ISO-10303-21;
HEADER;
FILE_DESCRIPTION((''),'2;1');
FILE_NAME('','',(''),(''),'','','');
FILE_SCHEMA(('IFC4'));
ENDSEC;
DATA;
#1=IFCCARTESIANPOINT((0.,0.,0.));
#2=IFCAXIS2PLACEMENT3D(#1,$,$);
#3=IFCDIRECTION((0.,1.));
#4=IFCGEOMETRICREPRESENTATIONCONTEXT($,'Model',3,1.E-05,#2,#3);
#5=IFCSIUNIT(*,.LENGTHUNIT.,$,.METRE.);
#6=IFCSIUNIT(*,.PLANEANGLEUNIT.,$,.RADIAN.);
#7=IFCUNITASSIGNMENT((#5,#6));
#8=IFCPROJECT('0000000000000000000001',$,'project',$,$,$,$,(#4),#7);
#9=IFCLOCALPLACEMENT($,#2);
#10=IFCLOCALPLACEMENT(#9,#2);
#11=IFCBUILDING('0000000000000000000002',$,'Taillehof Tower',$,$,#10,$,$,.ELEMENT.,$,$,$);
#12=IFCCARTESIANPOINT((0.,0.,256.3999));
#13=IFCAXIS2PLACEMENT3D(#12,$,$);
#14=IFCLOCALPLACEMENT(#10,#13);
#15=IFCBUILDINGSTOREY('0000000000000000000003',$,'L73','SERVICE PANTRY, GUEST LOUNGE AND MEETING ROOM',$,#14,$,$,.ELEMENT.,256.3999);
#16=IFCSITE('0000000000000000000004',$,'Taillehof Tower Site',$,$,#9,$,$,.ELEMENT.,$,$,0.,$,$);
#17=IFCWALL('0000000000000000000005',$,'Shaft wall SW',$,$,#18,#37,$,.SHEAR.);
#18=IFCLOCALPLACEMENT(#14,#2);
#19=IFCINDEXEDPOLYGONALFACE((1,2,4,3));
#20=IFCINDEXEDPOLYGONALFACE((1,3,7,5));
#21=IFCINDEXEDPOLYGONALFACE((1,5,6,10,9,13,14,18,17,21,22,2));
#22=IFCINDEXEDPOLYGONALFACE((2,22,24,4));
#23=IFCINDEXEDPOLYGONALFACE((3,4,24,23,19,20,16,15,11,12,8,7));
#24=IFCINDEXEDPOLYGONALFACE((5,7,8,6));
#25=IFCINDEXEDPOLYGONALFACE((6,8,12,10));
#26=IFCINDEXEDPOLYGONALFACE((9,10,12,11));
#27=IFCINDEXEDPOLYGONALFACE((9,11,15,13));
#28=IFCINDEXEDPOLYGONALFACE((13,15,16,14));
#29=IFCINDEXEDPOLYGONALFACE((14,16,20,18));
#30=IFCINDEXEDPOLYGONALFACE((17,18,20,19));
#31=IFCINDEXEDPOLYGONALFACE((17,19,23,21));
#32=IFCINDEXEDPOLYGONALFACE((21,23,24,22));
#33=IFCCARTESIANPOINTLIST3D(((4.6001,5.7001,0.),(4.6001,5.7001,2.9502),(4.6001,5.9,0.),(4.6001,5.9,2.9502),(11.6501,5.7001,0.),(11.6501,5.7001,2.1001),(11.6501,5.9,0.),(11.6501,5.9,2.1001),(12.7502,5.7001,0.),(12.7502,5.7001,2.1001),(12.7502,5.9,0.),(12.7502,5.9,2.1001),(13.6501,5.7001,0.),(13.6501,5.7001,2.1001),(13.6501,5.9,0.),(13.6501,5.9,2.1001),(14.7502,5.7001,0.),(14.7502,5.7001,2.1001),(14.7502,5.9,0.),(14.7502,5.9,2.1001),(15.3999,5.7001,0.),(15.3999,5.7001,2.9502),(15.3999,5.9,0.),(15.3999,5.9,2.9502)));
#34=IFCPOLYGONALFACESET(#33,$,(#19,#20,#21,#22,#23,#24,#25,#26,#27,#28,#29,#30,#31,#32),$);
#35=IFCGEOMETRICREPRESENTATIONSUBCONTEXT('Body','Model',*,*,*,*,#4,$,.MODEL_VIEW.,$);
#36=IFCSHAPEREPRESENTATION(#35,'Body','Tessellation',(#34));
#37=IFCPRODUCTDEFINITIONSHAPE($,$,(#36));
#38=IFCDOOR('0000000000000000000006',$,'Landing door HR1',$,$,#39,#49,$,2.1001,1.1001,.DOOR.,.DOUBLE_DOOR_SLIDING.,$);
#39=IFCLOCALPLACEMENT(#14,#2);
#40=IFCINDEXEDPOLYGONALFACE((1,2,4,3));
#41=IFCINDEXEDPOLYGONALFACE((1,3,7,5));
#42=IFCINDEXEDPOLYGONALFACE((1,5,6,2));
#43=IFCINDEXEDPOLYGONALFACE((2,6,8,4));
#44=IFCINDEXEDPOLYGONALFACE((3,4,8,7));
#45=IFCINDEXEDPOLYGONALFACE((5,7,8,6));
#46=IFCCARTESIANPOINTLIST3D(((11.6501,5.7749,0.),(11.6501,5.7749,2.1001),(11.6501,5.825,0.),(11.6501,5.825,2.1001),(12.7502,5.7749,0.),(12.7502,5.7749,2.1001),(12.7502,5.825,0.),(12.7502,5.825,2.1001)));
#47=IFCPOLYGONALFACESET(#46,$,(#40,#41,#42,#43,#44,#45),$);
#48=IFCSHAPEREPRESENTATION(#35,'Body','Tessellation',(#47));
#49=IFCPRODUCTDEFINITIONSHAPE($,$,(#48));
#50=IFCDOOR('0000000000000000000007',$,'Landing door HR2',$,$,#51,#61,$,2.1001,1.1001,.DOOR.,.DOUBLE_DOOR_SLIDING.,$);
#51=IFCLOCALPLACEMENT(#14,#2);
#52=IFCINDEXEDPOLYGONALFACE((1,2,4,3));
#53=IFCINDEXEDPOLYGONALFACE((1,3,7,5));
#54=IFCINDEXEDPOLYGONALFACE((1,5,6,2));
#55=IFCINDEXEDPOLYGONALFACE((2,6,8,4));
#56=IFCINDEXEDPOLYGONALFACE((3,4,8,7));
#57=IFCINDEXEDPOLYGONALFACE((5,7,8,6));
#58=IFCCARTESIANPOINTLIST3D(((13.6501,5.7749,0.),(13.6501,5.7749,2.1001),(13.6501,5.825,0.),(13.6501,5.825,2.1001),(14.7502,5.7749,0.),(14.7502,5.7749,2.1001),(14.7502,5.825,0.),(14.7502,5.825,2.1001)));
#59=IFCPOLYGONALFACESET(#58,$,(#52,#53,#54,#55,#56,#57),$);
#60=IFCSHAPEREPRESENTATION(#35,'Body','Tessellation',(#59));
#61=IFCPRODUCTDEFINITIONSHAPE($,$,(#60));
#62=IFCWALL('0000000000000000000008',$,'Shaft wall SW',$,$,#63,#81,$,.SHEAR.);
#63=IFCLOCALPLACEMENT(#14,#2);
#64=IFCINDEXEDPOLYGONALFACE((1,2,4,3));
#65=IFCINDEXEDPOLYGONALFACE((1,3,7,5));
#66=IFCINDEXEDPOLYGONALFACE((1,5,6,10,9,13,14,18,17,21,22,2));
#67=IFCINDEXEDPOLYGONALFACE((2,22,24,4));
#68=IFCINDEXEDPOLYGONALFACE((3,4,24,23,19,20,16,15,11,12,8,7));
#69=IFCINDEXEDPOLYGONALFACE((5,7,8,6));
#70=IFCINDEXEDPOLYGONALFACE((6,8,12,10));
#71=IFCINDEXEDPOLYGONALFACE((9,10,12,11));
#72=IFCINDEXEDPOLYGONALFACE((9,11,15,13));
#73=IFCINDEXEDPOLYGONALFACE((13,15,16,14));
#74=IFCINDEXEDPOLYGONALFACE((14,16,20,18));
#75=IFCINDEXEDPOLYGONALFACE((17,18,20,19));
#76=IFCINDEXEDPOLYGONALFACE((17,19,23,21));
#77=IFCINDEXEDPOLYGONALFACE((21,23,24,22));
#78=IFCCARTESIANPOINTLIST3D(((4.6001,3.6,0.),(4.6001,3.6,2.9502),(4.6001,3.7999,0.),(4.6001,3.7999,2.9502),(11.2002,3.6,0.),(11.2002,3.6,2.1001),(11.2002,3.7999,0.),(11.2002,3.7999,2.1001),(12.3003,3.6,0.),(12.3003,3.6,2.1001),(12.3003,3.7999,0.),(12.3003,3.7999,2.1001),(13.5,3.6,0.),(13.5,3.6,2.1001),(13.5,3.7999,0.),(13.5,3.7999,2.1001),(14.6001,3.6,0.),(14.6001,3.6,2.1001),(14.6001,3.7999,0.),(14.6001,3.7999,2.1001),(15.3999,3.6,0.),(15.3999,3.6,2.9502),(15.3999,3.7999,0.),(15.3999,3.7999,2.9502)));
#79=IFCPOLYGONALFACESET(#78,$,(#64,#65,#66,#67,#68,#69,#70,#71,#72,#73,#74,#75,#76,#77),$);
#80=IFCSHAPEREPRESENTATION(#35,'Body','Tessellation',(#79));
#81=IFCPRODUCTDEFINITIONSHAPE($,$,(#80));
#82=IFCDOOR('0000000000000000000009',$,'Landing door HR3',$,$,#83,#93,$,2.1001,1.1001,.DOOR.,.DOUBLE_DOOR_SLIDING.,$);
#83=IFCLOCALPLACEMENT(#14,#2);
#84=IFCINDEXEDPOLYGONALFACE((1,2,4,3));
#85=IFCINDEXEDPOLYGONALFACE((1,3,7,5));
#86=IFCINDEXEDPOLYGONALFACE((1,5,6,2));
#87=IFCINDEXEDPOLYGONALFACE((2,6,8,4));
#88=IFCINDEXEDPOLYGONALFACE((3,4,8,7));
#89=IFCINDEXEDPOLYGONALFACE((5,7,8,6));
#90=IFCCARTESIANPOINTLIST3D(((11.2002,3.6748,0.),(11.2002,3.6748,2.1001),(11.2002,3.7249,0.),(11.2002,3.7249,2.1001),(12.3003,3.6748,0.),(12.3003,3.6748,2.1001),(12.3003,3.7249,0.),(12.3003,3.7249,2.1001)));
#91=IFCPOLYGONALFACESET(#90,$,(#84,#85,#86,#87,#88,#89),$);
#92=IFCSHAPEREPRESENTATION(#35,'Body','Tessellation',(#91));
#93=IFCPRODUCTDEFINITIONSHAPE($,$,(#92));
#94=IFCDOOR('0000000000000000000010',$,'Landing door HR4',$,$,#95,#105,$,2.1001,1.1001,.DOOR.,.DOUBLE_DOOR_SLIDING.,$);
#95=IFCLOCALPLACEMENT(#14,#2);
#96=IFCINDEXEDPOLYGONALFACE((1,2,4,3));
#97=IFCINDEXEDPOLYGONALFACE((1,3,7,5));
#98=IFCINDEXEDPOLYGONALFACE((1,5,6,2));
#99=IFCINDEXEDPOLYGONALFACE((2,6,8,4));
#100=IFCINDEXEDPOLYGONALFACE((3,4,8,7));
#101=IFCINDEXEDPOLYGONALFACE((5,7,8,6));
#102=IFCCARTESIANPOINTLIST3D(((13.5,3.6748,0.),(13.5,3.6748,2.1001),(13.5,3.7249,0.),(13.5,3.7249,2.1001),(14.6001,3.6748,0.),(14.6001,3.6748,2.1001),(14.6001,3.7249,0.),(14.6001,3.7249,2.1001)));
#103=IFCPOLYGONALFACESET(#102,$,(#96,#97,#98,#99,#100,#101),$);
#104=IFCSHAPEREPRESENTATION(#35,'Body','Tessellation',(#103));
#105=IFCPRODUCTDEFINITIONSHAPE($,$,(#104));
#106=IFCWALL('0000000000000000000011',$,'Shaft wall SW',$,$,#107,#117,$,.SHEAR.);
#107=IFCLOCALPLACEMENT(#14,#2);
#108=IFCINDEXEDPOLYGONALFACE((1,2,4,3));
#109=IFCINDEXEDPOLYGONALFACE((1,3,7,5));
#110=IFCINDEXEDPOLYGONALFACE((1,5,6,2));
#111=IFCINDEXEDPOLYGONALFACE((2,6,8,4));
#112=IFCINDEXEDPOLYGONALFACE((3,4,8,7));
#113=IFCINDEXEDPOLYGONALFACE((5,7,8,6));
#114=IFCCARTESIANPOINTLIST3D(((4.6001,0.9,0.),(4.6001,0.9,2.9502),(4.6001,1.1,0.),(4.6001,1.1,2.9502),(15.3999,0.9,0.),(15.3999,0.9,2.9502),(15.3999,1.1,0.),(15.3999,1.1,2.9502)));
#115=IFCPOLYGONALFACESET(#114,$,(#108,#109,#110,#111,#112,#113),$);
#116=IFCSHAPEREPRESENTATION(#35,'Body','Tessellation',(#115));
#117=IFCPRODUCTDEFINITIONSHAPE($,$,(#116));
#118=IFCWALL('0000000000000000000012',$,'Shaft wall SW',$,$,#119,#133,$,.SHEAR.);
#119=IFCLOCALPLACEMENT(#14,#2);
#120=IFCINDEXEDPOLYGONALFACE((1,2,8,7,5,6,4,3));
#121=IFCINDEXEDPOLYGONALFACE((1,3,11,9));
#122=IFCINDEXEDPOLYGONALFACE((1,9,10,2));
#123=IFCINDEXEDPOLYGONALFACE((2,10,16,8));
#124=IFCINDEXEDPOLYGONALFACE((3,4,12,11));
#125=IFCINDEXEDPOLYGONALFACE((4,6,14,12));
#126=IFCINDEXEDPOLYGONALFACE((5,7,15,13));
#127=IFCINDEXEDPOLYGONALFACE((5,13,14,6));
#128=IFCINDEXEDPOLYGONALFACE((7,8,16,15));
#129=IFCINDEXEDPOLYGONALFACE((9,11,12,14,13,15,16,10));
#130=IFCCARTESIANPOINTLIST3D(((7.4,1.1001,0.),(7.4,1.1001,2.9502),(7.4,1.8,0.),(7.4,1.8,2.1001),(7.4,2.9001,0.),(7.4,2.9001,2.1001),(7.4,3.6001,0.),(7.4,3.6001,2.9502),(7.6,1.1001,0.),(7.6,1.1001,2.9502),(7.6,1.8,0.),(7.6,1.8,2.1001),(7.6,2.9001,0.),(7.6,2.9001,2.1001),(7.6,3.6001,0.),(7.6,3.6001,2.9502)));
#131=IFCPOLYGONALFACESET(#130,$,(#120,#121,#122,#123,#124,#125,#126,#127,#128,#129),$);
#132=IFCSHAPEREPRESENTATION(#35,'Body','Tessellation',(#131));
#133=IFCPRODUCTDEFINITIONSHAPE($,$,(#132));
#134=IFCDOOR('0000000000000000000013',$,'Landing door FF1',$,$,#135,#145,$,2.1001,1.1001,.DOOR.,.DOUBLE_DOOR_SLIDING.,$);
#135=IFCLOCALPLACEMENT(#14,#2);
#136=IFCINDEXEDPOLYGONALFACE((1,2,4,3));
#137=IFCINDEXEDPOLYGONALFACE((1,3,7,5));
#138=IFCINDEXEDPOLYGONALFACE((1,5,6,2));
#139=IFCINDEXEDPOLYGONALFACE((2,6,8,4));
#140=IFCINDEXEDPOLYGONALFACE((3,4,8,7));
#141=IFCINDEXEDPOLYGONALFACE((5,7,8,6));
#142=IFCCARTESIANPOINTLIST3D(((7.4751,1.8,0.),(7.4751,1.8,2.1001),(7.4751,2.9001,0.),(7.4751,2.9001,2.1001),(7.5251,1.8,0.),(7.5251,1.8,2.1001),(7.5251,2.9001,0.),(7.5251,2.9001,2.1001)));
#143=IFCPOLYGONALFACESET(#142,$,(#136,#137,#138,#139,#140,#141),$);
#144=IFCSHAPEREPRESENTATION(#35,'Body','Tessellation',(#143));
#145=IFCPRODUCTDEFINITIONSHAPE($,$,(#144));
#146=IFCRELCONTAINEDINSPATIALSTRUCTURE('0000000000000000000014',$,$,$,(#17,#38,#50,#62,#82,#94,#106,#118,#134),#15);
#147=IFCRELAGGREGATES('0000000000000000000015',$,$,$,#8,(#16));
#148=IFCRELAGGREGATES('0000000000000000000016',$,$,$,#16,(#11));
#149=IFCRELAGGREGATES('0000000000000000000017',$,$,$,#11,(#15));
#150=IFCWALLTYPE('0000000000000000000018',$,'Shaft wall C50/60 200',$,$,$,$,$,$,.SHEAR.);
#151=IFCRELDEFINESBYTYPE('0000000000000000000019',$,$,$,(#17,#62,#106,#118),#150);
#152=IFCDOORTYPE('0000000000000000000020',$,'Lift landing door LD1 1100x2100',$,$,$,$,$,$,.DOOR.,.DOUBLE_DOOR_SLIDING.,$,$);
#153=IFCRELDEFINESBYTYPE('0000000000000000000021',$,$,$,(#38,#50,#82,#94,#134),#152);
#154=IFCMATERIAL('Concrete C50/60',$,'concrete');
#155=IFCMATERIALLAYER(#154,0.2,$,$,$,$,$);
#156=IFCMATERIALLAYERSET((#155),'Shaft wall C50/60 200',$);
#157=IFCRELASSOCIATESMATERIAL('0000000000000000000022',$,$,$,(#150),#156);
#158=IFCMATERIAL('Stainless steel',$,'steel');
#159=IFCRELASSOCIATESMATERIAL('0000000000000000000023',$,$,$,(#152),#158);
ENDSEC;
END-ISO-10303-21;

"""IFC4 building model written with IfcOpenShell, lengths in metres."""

from ifc_helpers import new_model, si_unit, direction, frame, frame_2d, origin, place, context, subcontext, project, spatial, rectangle, extrude, material, layer, layer_set, type_object, element, fill, save


model = new_model("IFC4")

# Units and contexts
model_context = context("Model", 3, precision=1e-05, world=origin(), true_north=direction((0.0, 1.0)))
body_context = subcontext(model_context, "Body", "Model", "MODEL_VIEW")
ifc_project = project(units=[si_unit("LENGTHUNIT", "METRE"), si_unit("PLANEANGLEUNIT", "RADIAN")], contexts=[model_context])

# Site, building, storey
site_placement = place(None, origin())
site = spatial("IfcSite", under=ifc_project, at=site_placement, Name="Taillehof Tower Site", CompositionType="ELEMENT", RefElevation=0.0)
building_placement = place(site_placement, origin())
building = spatial("IfcBuilding", under=site, at=building_placement, Name="Taillehof Tower", CompositionType="ELEMENT")
storey_placement = place(building_placement, frame((0.0, 0.0, 256.3999)))
storey = spatial("IfcBuildingStorey", under=building, at=storey_placement, Name="L73", Description="SERVICE PANTRY, GUEST LOUNGE AND MEETING ROOM", CompositionType="ELEMENT", Elevation=256.3999)

# Walls, openings, doors
ifc_material_1 = material(Name="Concrete C50/60", Category="concrete")
ifc_layer_1 = layer(ifc_material_1, 0.2)
ifc_layer_set_1 = layer_set([ifc_layer_1], Name="Shaft wall C50/60 200")
wall_type_1 = type_object("IfcWallType", Name="Shaft wall C50/60 200", PredefinedType="SHEAR", material=ifc_layer_set_1)
wall_1_placement = place(storey_placement, frame((4.6001, 5.8, 0.0), z_axis=(0.0, 0.0, 1.0), x_axis=(1.0, 0.0, 0.0)))
wall_1 = element("IfcWall", 1, at=wall_1_placement, inside=storey, type_object=wall_type_1, Name="Shaft wall SW", PredefinedType="SHEAR", context=body_context, shape_type="SweptSolid", body=[
    extrude(rectangle(XDim=10.7998, YDim=0.2, at=frame_2d((5.3999, 0.0))), origin(), (0.0, 0.0, 1.0), 2.9502),
])
opening_1_placement = place(wall_1_placement, frame((7.05, 0.0, 0.0)))
opening_1 = element("IfcOpeningElement", 2, at=opening_1_placement, cuts=wall_1, PredefinedType="OPENING", context=body_context, shape_type="SweptSolid", body=[
    extrude(rectangle(XDim=1.1001, YDim=2.1001, at=frame_2d((0.55, 1.05))), frame((0.0, 0.1099, 0.0), z_axis=(0.0, -1.0, 0.0), x_axis=(1.0, 0.0, 0.0)), (0.0, 0.0, 1.0), 0.22),
])
opening_2_placement = place(wall_1_placement, frame((9.05, 0.0, 0.0)))
opening_2 = element("IfcOpeningElement", 3, at=opening_2_placement, cuts=wall_1, PredefinedType="OPENING", context=body_context, shape_type="SweptSolid", body=[
    extrude(rectangle(XDim=1.1001, YDim=2.1001, at=frame_2d((0.55, 1.05))), frame((0.0, 0.1099, 0.0), z_axis=(0.0, -1.0, 0.0), x_axis=(1.0, 0.0, 0.0)), (0.0, 0.0, 1.0), 0.22),
])
ifc_material_2 = material(Name="Stainless steel", Category="steel")
door_type_1 = type_object("IfcDoorType", Name="Lift landing door LD1 1100x2100", OperationType="DOUBLE_DOOR_SLIDING", PredefinedType="DOOR", material=ifc_material_2)
door_1_placement = place(opening_1_placement, origin())
door_1 = element("IfcDoor", 4, at=door_1_placement, inside=storey, type_object=door_type_1, Name="Landing door HR1", OperationType="DOUBLE_DOOR_SLIDING", OverallHeight=2.1001, OverallWidth=1.1001, PredefinedType="DOOR", context=body_context, shape_type="SweptSolid", body=[
    extrude(rectangle(XDim=1.1001, YDim=2.1001, at=frame_2d((0.55, 1.05))), frame((0.0, 0.0249, 0.0), z_axis=(0.0, -1.0, 0.0), x_axis=(1.0, 0.0, 0.0)), (0.0, 0.0, 1.0), 0.05),
])
fill(opening_1, door_1)
door_2_placement = place(opening_2_placement, origin())
door_2 = element("IfcDoor", 5, at=door_2_placement, inside=storey, type_object=door_type_1, Name="Landing door HR2", OperationType="DOUBLE_DOOR_SLIDING", OverallHeight=2.1001, OverallWidth=1.1001, PredefinedType="DOOR", context=body_context, shape_type="SweptSolid", body=[
    extrude(rectangle(XDim=1.1001, YDim=2.1001, at=frame_2d((0.55, 1.05))), frame((0.0, 0.0249, 0.0), z_axis=(0.0, -1.0, 0.0), x_axis=(1.0, 0.0, 0.0)), (0.0, 0.0, 1.0), 0.05),
])
fill(opening_2, door_2)
wall_2_placement = place(storey_placement, frame((4.6001, 3.7, 0.0), z_axis=(0.0, 0.0, 1.0), x_axis=(1.0, 0.0, 0.0)))
wall_2 = element("IfcWall", 6, at=wall_2_placement, inside=storey, type_object=wall_type_1, Name="Shaft wall SW", PredefinedType="SHEAR", context=body_context, shape_type="SweptSolid", body=[
    extrude(rectangle(XDim=10.7998, YDim=0.2, at=frame_2d((5.3999, 0.0))), origin(), (0.0, 0.0, 1.0), 2.9502),
])
opening_3_placement = place(wall_2_placement, frame((6.6001, 0.0, 0.0)))
opening_3 = element("IfcOpeningElement", 7, at=opening_3_placement, cuts=wall_2, PredefinedType="OPENING", context=body_context, shape_type="SweptSolid", body=[
    extrude(rectangle(XDim=1.1001, YDim=2.1001, at=frame_2d((0.55, 1.05))), frame((0.0, 0.1099, 0.0), z_axis=(0.0, -1.0, 0.0), x_axis=(1.0, 0.0, 0.0)), (0.0, 0.0, 1.0), 0.22),
])
opening_4_placement = place(wall_2_placement, frame((8.8999, 0.0, 0.0)))
opening_4 = element("IfcOpeningElement", 8, at=opening_4_placement, cuts=wall_2, PredefinedType="OPENING", context=body_context, shape_type="SweptSolid", body=[
    extrude(rectangle(XDim=1.1001, YDim=2.1001, at=frame_2d((0.55, 1.05))), frame((0.0, 0.1099, 0.0), z_axis=(0.0, -1.0, 0.0), x_axis=(1.0, 0.0, 0.0)), (0.0, 0.0, 1.0), 0.22),
])
door_3_placement = place(opening_3_placement, origin())
door_3 = element("IfcDoor", 9, at=door_3_placement, inside=storey, type_object=door_type_1, Name="Landing door HR3", OperationType="DOUBLE_DOOR_SLIDING", OverallHeight=2.1001, OverallWidth=1.1001, PredefinedType="DOOR", context=body_context, shape_type="SweptSolid", body=[
    extrude(rectangle(XDim=1.1001, YDim=2.1001, at=frame_2d((0.55, 1.05))), frame((0.0, 0.0249, 0.0), z_axis=(0.0, -1.0, 0.0), x_axis=(1.0, 0.0, 0.0)), (0.0, 0.0, 1.0), 0.05),
])
fill(opening_3, door_3)
door_4_placement = place(opening_4_placement, origin())
door_4 = element("IfcDoor", 10, at=door_4_placement, inside=storey, type_object=door_type_1, Name="Landing door HR4", OperationType="DOUBLE_DOOR_SLIDING", OverallHeight=2.1001, OverallWidth=1.1001, PredefinedType="DOOR", context=body_context, shape_type="SweptSolid", body=[
    extrude(rectangle(XDim=1.1001, YDim=2.1001, at=frame_2d((0.55, 1.05))), frame((0.0, 0.0249, 0.0), z_axis=(0.0, -1.0, 0.0), x_axis=(1.0, 0.0, 0.0)), (0.0, 0.0, 1.0), 0.05),
])
fill(opening_4, door_4)

# Wall
wall_3_placement = place(storey_placement, frame((4.6001, 1.0, 0.0), z_axis=(0.0, 0.0, 1.0), x_axis=(1.0, 0.0, 0.0)))
element("IfcWall", 11, at=wall_3_placement, inside=storey, type_object=wall_type_1, Name="Shaft wall SW", PredefinedType="SHEAR", context=body_context, shape_type="SweptSolid", body=[
    extrude(rectangle(XDim=10.7998, YDim=0.2, at=frame_2d((5.3999, 0.0))), origin(), (0.0, 0.0, 1.0), 2.9502),
])

# Wall, opening, door
wall_4_placement = place(storey_placement, frame((7.5, 1.1001, 0.0), z_axis=(0.0, 0.0, 1.0), x_axis=(0.0, 1.0, 0.0)))
wall_4 = element("IfcWall", 12, at=wall_4_placement, inside=storey, type_object=wall_type_1, Name="Shaft wall SW", PredefinedType="SHEAR", context=body_context, shape_type="SweptSolid", body=[
    extrude(rectangle(XDim=2.5, YDim=0.2, at=frame_2d((1.25, 0.0))), origin(), (0.0, 0.0, 1.0), 2.9502),
])
opening_5_placement = place(wall_4_placement, frame((0.7, 0.0, 0.0)))
opening_5 = element("IfcOpeningElement", 13, at=opening_5_placement, cuts=wall_4, PredefinedType="OPENING", context=body_context, shape_type="SweptSolid", body=[
    extrude(rectangle(XDim=1.1001, YDim=2.1001, at=frame_2d((0.55, 1.05))), frame((0.0, 0.1099, 0.0), z_axis=(0.0, -1.0, 0.0), x_axis=(1.0, 0.0, 0.0)), (0.0, 0.0, 1.0), 0.22),
])
door_5_placement = place(opening_5_placement, origin())
door_5 = element("IfcDoor", 14, at=door_5_placement, inside=storey, type_object=door_type_1, Name="Landing door FF1", OperationType="DOUBLE_DOOR_SLIDING", OverallHeight=2.1001, OverallWidth=1.1001, PredefinedType="DOOR", context=body_context, shape_type="SweptSolid", body=[
    extrude(rectangle(XDim=1.1001, YDim=2.1001, at=frame_2d((0.55, 1.05))), frame((0.0, 0.0249, 0.0), z_axis=(0.0, -1.0, 0.0), x_axis=(1.0, 0.0, 0.0)), (0.0, 0.0, 1.0), 0.05),
])
fill(opening_5, door_5)

save(model, "model.ifc")
